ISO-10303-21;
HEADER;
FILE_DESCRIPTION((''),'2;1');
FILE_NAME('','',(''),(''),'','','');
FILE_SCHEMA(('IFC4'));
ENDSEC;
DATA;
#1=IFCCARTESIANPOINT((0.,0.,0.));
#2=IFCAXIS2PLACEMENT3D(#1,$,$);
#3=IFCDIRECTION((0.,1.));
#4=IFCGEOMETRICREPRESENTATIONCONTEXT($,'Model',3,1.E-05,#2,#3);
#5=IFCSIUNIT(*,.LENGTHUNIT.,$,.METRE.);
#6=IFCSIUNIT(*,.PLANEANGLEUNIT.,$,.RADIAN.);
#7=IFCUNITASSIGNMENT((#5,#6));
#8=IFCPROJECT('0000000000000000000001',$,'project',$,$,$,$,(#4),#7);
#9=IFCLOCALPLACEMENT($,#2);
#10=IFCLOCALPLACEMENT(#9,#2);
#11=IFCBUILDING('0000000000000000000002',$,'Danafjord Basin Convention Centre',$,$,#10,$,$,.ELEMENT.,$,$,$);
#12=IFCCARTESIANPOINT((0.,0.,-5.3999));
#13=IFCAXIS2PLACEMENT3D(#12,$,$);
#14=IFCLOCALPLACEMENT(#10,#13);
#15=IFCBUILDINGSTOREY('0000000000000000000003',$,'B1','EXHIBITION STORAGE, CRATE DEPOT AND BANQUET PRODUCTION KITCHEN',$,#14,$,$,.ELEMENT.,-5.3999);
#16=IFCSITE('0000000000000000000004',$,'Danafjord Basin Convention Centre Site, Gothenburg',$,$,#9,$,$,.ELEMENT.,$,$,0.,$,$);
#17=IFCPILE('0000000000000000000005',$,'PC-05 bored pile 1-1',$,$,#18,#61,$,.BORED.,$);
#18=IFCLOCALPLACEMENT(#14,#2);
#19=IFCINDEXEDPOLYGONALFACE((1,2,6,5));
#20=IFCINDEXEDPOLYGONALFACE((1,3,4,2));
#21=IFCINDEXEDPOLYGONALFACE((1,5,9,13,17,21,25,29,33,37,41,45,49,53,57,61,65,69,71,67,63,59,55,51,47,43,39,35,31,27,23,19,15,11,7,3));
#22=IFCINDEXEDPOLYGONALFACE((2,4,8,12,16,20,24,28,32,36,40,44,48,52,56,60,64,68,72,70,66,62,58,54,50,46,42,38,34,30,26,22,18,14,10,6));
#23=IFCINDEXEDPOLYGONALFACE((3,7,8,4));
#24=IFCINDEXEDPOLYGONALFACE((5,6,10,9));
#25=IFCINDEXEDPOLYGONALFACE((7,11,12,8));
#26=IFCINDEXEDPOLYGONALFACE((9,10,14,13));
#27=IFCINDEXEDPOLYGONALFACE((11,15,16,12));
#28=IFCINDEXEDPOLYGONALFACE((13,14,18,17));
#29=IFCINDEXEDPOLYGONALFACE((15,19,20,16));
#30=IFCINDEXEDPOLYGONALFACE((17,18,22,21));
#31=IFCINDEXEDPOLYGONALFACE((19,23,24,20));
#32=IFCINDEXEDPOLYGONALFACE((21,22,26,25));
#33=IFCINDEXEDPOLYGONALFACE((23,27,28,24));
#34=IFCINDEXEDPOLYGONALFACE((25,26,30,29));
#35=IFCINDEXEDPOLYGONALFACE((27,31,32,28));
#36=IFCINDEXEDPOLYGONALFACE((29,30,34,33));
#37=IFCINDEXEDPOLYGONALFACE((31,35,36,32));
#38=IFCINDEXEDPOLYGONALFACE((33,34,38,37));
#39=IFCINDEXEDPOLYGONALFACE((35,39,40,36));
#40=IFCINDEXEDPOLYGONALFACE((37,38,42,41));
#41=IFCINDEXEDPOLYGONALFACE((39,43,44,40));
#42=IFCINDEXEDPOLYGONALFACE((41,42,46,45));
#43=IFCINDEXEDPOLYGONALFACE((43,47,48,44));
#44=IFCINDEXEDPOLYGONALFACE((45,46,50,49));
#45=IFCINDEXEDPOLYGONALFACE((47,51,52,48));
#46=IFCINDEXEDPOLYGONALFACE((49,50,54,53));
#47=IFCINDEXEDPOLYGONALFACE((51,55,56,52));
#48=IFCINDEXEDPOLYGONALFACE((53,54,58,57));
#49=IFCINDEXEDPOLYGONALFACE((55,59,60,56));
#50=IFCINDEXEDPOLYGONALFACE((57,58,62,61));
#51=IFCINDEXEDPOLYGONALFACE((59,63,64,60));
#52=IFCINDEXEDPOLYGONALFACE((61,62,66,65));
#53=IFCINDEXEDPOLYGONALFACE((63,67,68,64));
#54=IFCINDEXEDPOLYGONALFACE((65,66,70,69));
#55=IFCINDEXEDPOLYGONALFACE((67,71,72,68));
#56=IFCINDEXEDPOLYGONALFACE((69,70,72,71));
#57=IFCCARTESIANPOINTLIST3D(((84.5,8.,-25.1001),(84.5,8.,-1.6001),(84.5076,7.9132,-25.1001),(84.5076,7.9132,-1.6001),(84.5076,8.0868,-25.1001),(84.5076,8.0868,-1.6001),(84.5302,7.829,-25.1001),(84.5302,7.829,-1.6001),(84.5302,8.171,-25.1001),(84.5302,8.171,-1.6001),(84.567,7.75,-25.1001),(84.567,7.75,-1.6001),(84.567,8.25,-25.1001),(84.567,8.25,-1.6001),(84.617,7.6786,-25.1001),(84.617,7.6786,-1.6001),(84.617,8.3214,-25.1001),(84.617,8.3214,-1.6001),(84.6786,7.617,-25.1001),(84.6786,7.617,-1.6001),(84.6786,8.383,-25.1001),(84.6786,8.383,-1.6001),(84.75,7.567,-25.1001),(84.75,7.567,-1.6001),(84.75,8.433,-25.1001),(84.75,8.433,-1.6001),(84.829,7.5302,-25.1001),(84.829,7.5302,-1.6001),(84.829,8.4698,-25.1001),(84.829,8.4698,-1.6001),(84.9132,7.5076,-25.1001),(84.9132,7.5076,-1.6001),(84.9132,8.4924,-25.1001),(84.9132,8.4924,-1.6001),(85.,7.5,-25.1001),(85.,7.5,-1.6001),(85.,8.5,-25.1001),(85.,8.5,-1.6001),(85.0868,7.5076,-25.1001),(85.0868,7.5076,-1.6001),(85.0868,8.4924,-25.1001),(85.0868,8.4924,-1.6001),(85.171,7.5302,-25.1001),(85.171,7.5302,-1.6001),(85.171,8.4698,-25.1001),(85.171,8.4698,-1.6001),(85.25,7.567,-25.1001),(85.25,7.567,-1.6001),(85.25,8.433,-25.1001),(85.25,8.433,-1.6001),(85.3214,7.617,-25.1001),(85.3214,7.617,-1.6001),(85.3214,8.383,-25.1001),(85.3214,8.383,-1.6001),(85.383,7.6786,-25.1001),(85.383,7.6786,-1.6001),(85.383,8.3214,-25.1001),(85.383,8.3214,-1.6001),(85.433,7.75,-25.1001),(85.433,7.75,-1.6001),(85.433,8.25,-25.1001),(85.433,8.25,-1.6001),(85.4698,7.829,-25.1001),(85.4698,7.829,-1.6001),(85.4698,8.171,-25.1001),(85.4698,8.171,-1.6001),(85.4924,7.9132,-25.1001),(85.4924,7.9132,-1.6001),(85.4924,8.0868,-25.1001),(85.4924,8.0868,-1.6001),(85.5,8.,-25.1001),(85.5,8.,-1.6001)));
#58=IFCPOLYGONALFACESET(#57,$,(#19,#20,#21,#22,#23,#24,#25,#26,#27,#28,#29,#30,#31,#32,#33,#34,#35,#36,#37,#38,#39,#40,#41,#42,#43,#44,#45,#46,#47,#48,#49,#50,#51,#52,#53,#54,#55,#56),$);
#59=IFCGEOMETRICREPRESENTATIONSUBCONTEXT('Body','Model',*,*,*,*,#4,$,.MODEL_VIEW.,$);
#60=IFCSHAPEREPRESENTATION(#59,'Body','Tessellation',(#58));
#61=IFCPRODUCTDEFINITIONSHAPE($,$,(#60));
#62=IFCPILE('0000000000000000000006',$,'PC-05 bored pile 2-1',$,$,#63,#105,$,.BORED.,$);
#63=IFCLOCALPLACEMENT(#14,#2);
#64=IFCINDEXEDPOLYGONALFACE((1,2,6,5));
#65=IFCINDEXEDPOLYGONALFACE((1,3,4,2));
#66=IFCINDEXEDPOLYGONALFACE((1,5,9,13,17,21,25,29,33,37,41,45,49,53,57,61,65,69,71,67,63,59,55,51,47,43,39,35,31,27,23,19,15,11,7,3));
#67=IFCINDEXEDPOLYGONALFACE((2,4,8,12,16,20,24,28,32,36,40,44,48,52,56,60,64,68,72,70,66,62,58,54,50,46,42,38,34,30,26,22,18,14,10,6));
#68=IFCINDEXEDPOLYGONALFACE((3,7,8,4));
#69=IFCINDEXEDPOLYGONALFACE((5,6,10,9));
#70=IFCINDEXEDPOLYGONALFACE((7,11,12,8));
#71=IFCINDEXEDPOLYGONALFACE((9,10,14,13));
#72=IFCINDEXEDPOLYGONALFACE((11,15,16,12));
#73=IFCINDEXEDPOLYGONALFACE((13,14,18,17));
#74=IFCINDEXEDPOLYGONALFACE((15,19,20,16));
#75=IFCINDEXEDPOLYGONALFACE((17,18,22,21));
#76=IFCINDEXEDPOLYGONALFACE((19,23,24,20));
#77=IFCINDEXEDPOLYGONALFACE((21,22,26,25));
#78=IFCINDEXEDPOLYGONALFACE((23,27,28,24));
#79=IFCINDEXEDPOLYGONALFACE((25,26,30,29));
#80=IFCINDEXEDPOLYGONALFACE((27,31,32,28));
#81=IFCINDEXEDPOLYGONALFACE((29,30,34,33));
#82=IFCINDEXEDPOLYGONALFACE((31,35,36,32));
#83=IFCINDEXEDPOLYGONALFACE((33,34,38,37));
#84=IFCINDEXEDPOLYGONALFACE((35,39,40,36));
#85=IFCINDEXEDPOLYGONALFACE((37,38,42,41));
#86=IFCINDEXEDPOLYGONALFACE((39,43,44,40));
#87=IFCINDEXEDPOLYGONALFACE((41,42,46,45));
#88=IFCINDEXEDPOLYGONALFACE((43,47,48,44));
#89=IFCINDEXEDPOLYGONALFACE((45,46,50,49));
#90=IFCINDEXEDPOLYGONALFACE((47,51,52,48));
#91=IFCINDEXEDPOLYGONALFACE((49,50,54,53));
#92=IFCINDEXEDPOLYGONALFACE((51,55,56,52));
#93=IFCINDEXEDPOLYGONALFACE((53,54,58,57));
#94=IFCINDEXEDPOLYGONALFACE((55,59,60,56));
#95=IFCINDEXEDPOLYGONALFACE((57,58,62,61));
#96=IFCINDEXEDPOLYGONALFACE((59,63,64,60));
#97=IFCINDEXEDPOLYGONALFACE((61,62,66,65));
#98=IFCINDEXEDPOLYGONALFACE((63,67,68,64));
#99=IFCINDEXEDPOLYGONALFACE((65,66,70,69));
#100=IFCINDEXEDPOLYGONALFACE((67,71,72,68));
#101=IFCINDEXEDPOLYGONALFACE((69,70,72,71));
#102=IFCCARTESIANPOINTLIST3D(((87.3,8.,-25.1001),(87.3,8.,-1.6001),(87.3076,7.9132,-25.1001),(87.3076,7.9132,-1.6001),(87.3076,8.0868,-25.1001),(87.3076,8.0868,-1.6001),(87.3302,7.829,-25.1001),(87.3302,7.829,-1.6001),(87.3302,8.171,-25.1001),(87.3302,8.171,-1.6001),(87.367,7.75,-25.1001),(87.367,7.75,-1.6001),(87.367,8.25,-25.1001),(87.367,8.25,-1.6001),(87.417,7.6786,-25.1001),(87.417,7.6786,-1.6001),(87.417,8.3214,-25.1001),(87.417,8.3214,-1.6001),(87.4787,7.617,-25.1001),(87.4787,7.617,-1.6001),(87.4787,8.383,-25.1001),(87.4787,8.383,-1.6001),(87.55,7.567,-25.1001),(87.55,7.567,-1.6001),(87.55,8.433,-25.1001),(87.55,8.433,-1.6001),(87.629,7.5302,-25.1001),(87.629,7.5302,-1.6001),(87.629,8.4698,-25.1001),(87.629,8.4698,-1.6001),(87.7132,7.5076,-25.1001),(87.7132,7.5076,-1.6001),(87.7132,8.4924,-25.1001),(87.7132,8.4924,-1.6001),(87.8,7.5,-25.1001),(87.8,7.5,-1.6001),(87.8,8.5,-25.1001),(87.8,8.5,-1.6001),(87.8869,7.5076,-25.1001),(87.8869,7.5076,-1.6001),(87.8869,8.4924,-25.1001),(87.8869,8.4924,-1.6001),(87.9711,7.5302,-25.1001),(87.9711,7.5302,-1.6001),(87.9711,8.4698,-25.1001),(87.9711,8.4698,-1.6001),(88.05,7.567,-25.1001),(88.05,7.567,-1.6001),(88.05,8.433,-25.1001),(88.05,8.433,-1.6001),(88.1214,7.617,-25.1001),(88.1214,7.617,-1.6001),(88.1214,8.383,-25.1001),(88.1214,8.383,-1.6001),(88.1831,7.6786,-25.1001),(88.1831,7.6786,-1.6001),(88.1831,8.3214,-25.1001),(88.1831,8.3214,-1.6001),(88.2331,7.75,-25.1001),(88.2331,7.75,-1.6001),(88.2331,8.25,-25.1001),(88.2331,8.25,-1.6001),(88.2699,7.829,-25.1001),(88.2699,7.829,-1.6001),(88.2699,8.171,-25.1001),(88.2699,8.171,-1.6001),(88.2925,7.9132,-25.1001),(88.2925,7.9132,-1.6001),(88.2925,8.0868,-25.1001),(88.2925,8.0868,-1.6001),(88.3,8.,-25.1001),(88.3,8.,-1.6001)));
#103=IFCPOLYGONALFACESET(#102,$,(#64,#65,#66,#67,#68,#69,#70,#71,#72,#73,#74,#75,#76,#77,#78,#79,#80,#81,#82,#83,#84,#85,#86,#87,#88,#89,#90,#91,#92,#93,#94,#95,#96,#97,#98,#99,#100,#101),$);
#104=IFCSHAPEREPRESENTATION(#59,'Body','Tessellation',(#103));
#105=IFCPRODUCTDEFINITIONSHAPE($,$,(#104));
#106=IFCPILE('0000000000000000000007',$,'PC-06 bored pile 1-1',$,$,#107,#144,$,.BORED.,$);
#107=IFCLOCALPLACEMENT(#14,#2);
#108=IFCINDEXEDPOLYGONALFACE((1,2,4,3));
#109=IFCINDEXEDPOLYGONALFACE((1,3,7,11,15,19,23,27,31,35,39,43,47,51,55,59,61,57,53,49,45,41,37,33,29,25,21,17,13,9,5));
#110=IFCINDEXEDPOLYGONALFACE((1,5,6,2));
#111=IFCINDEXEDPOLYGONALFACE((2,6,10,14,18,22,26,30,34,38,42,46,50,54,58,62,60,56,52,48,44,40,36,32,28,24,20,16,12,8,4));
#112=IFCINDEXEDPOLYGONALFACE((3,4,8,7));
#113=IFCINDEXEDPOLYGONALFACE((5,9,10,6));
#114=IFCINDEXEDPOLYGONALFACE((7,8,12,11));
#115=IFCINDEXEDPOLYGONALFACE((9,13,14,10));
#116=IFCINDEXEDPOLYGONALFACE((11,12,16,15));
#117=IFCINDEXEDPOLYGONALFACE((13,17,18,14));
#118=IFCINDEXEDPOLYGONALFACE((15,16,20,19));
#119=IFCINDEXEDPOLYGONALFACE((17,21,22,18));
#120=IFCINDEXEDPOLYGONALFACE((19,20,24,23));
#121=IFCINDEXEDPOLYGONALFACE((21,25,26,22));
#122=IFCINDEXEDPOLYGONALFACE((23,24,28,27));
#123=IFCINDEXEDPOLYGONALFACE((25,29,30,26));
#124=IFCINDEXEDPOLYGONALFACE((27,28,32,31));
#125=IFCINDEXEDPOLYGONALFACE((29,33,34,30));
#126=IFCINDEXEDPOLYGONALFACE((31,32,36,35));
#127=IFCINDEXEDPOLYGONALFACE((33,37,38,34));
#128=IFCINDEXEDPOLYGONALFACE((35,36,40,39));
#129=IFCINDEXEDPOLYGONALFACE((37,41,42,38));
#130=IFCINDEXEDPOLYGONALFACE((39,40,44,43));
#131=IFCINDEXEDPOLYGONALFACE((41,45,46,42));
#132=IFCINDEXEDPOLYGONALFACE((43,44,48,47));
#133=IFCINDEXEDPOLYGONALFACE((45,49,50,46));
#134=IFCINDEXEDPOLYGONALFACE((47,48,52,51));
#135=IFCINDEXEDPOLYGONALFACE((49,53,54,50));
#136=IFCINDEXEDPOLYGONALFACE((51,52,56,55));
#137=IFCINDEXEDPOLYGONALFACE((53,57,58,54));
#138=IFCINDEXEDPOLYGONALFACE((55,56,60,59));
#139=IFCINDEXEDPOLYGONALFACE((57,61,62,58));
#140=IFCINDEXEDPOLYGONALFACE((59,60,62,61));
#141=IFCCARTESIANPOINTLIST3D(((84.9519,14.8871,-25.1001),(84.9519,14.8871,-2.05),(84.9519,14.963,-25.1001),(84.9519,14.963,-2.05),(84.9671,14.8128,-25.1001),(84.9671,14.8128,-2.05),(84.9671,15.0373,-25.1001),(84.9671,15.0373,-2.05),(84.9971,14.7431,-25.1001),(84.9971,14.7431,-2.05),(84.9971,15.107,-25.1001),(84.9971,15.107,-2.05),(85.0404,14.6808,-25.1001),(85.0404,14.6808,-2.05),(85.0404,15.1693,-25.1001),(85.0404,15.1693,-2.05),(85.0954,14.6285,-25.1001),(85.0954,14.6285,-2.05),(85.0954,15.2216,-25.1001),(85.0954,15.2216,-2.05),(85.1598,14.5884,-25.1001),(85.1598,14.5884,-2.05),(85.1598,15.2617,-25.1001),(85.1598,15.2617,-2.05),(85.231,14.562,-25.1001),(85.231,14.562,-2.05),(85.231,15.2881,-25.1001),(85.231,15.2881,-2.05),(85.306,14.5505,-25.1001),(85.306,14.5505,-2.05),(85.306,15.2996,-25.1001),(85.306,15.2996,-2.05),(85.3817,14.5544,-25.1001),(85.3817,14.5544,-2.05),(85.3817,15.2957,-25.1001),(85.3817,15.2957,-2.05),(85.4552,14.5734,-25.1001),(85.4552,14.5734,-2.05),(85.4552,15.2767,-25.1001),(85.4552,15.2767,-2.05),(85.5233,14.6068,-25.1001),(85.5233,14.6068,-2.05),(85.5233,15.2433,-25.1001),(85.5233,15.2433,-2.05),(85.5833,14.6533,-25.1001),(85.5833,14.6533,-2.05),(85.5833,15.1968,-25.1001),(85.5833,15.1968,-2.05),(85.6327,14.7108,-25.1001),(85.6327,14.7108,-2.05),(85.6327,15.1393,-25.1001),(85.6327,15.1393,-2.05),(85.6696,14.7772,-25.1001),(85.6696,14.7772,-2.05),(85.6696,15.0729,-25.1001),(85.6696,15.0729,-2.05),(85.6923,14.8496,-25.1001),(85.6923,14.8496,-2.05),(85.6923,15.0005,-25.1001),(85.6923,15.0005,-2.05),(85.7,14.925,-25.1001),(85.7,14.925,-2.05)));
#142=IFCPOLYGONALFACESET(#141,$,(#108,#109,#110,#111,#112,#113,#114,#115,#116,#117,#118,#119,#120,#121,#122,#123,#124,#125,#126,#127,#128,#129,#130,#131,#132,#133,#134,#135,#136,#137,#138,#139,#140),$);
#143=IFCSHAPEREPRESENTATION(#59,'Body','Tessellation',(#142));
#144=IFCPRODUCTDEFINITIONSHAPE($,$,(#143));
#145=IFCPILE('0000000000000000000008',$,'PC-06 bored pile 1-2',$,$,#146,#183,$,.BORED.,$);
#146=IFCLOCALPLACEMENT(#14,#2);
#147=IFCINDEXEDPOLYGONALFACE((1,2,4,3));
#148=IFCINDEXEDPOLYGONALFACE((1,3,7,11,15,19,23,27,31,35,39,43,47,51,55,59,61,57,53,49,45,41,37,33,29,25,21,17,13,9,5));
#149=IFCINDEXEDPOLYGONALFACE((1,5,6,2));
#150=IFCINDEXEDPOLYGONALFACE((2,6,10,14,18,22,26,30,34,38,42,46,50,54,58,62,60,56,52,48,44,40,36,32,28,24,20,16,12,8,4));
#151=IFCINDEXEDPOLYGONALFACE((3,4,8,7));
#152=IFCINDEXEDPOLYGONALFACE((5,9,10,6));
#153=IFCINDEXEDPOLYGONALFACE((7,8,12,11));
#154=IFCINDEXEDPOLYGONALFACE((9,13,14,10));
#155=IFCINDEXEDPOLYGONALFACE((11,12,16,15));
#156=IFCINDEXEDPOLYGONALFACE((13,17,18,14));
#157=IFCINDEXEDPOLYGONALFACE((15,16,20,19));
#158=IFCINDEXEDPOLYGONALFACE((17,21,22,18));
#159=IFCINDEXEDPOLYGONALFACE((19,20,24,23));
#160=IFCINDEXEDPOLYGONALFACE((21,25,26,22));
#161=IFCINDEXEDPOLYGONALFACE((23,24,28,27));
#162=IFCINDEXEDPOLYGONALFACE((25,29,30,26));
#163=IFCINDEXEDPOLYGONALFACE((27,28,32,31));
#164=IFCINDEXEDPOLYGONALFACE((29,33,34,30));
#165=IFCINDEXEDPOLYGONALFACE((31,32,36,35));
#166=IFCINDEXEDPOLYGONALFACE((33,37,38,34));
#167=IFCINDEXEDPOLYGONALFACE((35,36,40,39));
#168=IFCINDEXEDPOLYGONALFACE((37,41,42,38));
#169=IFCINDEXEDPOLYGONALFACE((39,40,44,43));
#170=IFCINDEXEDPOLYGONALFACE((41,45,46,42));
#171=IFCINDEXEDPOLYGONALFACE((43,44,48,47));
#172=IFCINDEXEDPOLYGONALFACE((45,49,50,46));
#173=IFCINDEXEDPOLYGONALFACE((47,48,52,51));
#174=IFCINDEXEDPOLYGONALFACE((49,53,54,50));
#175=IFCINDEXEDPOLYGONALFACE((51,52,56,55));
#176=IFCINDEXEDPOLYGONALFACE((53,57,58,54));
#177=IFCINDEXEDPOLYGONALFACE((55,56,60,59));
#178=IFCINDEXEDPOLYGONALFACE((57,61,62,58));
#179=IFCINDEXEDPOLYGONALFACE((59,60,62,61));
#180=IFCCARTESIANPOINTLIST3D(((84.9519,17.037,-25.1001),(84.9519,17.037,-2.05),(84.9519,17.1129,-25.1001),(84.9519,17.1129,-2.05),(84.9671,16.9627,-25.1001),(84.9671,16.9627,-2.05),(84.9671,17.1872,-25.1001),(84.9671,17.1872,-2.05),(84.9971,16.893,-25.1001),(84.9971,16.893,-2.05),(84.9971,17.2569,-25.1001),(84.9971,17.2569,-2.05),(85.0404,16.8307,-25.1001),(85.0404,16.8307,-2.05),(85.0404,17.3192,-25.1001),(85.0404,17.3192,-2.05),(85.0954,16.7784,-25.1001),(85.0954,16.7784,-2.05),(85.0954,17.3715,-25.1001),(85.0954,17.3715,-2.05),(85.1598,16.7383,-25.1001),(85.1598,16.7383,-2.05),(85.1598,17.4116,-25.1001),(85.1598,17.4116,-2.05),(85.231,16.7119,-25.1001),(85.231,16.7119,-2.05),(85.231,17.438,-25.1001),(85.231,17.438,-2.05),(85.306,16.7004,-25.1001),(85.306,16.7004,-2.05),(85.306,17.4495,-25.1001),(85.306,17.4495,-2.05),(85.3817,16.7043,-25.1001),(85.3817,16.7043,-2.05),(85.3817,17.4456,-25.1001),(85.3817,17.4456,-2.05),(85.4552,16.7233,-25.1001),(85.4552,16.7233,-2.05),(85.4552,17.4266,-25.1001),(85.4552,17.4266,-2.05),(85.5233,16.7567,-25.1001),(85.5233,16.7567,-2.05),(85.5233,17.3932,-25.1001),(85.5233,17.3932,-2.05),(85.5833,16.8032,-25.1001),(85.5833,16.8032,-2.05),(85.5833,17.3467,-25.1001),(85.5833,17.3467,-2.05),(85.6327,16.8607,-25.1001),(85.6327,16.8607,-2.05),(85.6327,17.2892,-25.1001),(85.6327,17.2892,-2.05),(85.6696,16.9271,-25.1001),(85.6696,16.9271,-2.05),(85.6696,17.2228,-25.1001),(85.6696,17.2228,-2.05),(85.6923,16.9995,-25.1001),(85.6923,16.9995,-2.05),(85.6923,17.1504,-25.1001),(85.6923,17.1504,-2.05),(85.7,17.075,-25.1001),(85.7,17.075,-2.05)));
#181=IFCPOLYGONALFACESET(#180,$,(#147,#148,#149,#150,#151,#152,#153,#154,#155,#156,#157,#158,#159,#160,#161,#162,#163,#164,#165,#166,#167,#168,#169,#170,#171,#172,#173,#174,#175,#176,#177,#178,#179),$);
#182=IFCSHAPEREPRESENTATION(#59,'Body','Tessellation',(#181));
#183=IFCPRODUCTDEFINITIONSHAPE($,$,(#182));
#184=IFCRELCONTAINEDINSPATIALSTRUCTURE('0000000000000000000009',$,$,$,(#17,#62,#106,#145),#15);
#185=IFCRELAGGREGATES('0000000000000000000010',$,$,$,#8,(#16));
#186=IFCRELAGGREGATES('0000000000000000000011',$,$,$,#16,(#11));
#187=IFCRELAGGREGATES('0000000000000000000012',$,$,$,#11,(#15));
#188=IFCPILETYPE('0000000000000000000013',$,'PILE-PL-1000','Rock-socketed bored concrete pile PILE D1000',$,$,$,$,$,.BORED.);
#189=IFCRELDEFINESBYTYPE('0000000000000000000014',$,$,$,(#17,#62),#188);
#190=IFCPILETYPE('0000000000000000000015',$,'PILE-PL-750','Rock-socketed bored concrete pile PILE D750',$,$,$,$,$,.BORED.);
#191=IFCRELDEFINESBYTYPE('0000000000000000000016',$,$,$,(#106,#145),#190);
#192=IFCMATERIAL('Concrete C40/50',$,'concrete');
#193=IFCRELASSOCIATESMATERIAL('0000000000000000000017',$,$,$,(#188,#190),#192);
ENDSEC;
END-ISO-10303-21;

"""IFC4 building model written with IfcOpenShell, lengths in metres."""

from ifc_helpers import new_model, si_unit, direction, frame, origin, origin_2d, place, context, subcontext, project, spatial, circle, extrude, material, material_profile, profile_set, type_object, element, save


model = new_model("IFC4")

# Units and contexts
model_context = context("Model", 3, precision=1e-05, world=origin(), true_north=direction((0.0, 1.0)))
body_context = subcontext(model_context, "Body", "Model", "MODEL_VIEW")
ifc_project = project(units=[si_unit("LENGTHUNIT", "METRE"), si_unit("PLANEANGLEUNIT", "RADIAN")], contexts=[model_context])

# Site, building, storey
site_placement = place(None, origin())
site = spatial("IfcSite", under=ifc_project, at=site_placement, Name="Danafjord Basin Convention Centre Site, Gothenburg", CompositionType="ELEMENT", RefElevation=0.0)
building_placement = place(site_placement, origin())
building = spatial("IfcBuilding", under=site, at=building_placement, Name="Danafjord Basin Convention Centre", CompositionType="ELEMENT")
storey_placement = place(building_placement, frame((0.0, 0.0, -5.3999)))
storey = spatial("IfcBuildingStorey", under=building, at=storey_placement, Name="B1", Description="EXHIBITION STORAGE, CRATE DEPOT AND BANQUET PRODUCTION KITCHEN", CompositionType="ELEMENT", Elevation=-5.3999)

# Shared definitions
ifc_material_1 = material(Name="Concrete C40/50", Category="concrete")

# Piles
ifc_material_profile_1 = material_profile(ifc_material_1, circle(Radius=0.5, at=origin_2d()), Name="PILE D1000")
ifc_profile_set_1 = profile_set([ifc_material_profile_1], Name="Concrete C40/50")
pile_type_1 = type_object("IfcPileType", Name="PILE-PL-1000", Description="Rock-socketed bored concrete pile PILE D1000", PredefinedType="BORED", material=ifc_profile_set_1)
for number, where, z_axis, x_axis, name in (
    (1, (85.0, 8.0, -1.6001), (0.0, 0.0, -1.0), (1.0, 0.0, 0.0), "PC-05 bored pile 1-1"),
    (2, (87.8, 8.0, -1.6001), (0.0, 0.0, -1.0), (1.0, 0.0, 0.0), "PC-05 bored pile 2-1"),
):
    element("IfcPile", number, at=place(storey_placement, frame(where, z_axis=z_axis, x_axis=x_axis)), inside=storey, type_object=pile_type_1, Name=name, PredefinedType="BORED", context=body_context, shape_type="SweptSolid", body=[
        extrude(circle(Radius=0.5, at=origin_2d()), origin(), (0.0, 0.0, 1.0), 23.5),
    ])
ifc_material_profile_2 = material_profile(ifc_material_1, circle(Radius=0.375, at=origin_2d()), Name="PILE D750")
ifc_profile_set_2 = profile_set([ifc_material_profile_2], Name="Concrete C40/50")
pile_type_2 = type_object("IfcPileType", Name="PILE-PL-750", Description="Rock-socketed bored concrete pile PILE D750", PredefinedType="BORED", material=ifc_profile_set_2)
for number, where, z_axis, x_axis, name in (
    (3, (85.325, 14.925, -2.05), (0.0, 0.0, -1.0), (1.0, 0.0, 0.0), "PC-06 bored pile 1-1"),
    (4, (85.325, 17.075, -2.05), (0.0, 0.0, -1.0), (1.0, 0.0, 0.0), "PC-06 bored pile 1-2"),
):
    element("IfcPile", number, at=place(storey_placement, frame(where, z_axis=z_axis, x_axis=x_axis)), inside=storey, type_object=pile_type_2, Name=name, PredefinedType="BORED", context=body_context, shape_type="SweptSolid", body=[
        extrude(circle(Radius=0.375, at=origin_2d()), origin(), (0.0, 0.0, 1.0), 23.05),
    ])

save(model, "model.ifc")
